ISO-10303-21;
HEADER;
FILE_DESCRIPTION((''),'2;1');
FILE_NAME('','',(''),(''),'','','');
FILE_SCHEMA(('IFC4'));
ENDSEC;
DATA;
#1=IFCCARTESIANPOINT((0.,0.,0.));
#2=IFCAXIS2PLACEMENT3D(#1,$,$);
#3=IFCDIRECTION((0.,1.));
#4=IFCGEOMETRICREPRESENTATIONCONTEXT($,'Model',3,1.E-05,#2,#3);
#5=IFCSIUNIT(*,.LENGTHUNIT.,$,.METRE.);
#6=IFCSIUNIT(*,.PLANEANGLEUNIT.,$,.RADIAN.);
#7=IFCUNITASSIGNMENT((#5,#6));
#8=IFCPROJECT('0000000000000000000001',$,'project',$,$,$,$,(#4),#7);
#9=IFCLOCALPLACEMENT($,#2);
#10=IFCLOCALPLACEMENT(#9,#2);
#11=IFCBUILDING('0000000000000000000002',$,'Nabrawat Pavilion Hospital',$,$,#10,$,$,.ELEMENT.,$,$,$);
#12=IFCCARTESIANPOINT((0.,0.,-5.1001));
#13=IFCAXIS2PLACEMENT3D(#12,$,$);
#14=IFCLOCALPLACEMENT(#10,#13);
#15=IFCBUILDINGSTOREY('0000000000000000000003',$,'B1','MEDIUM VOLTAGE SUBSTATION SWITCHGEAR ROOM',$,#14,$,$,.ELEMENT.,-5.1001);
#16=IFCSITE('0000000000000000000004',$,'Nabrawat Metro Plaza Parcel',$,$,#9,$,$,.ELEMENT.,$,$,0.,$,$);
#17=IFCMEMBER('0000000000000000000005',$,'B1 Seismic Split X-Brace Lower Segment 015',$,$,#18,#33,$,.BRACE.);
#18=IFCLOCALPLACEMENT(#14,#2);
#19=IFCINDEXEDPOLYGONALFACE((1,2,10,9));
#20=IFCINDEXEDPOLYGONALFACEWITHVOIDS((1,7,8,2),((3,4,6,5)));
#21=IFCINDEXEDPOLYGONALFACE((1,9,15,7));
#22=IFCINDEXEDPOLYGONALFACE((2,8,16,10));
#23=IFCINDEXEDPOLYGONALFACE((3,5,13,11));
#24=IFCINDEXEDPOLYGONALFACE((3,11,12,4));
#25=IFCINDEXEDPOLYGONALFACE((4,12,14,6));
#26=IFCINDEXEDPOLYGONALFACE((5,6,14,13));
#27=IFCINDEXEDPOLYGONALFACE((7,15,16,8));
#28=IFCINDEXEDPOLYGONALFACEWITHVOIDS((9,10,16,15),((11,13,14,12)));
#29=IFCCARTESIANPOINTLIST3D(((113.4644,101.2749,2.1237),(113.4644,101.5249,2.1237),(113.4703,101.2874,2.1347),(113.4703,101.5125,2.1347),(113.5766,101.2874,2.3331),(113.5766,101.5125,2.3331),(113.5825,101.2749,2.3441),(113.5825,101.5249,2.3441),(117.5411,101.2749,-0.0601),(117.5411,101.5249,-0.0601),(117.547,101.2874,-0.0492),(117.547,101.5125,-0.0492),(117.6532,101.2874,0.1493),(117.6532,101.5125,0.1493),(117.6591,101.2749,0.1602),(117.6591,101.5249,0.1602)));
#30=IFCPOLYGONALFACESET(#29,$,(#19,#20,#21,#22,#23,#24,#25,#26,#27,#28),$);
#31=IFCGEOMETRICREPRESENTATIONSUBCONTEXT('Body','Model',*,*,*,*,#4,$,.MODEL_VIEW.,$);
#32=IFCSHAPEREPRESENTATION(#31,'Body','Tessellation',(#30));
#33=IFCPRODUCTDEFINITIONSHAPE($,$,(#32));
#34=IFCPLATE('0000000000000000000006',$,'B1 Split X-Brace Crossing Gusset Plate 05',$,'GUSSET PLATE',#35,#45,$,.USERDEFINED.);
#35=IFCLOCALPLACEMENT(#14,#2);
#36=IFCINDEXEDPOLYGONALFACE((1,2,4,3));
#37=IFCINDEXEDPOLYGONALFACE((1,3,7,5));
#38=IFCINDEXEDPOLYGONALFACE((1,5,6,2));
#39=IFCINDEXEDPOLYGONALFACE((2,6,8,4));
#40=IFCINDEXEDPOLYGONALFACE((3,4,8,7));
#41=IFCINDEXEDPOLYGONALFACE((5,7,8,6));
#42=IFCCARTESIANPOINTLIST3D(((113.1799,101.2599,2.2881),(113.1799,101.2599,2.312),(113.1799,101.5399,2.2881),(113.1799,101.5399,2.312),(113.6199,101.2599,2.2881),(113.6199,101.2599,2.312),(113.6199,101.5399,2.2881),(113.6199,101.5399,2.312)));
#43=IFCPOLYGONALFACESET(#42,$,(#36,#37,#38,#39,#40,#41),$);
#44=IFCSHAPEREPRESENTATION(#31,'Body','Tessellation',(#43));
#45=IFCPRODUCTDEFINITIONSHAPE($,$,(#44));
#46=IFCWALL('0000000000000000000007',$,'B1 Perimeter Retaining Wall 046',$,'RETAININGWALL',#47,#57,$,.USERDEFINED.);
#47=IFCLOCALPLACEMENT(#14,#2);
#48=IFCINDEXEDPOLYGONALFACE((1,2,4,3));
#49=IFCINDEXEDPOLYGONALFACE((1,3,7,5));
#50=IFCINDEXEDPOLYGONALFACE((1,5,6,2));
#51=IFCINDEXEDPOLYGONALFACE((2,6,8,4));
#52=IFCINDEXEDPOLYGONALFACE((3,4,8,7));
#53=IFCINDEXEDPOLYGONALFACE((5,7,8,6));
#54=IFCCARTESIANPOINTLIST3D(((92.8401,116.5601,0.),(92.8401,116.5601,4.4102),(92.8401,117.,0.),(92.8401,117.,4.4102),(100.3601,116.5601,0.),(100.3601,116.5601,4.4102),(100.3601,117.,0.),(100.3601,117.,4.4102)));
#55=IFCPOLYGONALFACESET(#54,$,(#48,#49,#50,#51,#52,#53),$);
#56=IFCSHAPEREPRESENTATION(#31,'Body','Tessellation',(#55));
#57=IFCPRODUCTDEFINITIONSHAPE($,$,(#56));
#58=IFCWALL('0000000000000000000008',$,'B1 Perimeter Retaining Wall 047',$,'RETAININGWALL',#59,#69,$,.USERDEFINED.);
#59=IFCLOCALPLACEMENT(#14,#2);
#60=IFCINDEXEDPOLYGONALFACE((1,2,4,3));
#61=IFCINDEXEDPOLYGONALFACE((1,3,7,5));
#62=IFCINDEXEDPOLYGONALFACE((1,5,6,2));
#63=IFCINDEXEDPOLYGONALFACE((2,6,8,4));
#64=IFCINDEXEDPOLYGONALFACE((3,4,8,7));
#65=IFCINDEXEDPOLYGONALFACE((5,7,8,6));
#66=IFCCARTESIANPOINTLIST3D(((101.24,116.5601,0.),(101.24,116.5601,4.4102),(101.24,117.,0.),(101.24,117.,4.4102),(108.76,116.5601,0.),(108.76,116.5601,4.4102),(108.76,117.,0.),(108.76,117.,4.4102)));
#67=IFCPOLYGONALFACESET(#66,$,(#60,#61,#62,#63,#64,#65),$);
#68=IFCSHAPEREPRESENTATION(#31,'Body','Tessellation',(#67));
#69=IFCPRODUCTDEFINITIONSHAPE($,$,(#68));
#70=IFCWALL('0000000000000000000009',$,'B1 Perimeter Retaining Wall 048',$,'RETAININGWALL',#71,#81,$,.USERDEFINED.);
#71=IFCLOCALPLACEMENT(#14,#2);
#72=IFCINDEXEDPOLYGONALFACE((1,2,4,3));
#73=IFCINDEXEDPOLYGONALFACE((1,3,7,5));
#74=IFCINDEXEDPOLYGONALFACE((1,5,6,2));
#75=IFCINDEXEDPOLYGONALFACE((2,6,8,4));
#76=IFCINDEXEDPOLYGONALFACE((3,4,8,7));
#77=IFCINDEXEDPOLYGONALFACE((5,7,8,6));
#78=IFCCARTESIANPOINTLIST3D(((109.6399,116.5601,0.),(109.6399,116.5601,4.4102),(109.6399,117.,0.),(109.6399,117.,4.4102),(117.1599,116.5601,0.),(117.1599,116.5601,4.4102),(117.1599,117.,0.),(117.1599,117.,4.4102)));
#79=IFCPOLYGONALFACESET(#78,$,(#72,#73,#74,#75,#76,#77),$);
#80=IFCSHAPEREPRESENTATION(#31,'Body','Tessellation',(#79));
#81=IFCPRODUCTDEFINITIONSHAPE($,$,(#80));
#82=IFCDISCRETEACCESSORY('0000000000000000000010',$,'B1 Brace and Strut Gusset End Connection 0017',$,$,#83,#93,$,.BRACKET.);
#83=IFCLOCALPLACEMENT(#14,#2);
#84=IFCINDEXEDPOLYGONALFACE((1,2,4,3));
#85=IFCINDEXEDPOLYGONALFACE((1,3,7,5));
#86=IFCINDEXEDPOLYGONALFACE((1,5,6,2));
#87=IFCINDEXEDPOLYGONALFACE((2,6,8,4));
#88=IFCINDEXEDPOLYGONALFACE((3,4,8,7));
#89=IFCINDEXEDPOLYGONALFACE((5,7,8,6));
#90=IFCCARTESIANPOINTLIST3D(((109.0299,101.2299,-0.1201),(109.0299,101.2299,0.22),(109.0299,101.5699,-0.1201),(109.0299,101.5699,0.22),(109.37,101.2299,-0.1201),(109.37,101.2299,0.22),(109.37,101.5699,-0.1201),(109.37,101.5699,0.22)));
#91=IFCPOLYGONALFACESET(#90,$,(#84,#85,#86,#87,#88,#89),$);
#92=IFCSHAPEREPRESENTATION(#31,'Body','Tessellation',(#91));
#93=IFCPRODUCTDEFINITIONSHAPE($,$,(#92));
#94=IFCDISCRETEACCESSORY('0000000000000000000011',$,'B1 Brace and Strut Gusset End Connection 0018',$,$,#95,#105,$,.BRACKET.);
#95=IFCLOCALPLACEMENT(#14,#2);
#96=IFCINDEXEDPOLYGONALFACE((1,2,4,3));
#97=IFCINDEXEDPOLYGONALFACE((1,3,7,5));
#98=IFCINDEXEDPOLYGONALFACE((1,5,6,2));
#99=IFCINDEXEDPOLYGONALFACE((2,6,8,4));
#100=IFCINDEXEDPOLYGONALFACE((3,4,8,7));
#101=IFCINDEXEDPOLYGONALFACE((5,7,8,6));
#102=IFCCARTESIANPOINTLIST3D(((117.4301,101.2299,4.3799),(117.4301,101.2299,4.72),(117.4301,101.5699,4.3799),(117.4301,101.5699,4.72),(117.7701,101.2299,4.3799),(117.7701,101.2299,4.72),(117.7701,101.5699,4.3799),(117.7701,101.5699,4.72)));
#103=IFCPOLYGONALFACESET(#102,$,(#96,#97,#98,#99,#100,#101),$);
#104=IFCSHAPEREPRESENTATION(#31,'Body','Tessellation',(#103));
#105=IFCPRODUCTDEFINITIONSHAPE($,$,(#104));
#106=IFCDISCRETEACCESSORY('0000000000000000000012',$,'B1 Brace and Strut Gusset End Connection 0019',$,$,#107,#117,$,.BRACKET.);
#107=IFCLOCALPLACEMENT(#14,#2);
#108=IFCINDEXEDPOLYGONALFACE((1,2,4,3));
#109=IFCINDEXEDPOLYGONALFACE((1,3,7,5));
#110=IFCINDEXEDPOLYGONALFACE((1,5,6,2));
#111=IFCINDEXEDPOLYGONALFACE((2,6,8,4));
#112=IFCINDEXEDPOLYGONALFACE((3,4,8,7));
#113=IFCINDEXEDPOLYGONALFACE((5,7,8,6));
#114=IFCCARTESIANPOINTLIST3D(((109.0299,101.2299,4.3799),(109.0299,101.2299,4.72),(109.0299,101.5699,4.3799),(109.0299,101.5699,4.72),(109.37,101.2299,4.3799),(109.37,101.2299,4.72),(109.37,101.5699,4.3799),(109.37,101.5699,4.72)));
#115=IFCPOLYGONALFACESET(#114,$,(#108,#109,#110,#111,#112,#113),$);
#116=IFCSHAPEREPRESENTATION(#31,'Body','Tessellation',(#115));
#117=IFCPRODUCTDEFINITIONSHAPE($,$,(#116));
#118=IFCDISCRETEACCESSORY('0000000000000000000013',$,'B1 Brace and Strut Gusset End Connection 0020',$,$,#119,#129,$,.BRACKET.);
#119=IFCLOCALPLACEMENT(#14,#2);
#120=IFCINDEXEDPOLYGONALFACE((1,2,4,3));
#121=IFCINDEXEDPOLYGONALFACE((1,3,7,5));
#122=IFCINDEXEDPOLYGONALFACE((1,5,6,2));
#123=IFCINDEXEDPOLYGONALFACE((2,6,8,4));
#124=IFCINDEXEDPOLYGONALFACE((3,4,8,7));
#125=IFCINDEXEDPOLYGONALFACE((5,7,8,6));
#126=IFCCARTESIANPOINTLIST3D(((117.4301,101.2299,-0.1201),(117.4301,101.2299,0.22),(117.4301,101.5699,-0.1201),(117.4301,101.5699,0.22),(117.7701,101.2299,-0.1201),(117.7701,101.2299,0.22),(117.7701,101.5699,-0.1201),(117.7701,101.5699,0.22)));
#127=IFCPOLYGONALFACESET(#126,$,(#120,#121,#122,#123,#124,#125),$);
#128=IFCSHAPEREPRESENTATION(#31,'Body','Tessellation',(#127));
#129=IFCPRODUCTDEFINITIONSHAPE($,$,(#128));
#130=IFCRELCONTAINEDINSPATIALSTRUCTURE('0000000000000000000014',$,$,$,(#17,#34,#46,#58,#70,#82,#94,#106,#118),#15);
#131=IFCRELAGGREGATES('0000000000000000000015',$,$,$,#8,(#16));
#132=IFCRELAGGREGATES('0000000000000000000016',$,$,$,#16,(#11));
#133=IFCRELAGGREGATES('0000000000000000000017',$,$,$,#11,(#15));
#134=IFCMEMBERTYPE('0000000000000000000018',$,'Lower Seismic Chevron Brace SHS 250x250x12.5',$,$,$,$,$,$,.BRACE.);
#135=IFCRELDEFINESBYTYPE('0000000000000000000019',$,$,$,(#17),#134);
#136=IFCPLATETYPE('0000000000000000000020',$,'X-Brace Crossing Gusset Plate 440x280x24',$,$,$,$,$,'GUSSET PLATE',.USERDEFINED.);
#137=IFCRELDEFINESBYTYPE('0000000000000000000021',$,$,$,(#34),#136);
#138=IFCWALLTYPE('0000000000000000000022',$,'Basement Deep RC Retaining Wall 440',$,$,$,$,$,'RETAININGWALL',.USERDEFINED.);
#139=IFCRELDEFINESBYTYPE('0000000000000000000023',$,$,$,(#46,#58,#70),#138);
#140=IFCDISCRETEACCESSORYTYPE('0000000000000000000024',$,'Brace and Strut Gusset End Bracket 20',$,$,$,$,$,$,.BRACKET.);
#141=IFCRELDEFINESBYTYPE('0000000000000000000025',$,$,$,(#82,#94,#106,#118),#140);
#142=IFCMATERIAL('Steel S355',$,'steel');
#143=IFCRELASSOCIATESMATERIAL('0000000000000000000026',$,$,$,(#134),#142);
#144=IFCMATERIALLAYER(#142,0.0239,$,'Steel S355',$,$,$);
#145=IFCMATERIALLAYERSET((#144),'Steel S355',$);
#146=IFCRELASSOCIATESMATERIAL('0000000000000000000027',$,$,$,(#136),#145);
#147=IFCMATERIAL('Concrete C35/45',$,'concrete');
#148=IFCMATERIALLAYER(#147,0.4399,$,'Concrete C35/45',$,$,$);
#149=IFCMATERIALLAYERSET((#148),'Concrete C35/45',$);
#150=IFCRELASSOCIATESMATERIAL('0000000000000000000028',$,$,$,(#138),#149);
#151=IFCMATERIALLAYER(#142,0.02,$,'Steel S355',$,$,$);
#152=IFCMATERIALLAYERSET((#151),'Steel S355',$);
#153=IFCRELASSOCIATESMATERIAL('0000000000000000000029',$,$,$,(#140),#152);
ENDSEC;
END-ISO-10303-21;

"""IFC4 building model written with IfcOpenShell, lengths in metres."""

from ifc_helpers import new_model, si_unit, direction, frame, frame_2d, origin, origin_2d, place, context, subcontext, project, spatial, rectangle, hollow_rectangle, extrude, material, layer, layer_set, material_profile, profile_set, type_object, element, save


model = new_model("IFC4")

# Units and contexts
model_context = context("Model", 3, precision=1e-05, world=origin(), true_north=direction((0.0, 1.0)))
body_context = subcontext(model_context, "Body", "Model", "MODEL_VIEW")
ifc_project = project(units=[si_unit("LENGTHUNIT", "METRE"), si_unit("PLANEANGLEUNIT", "RADIAN")], contexts=[model_context])

# Site, building, storey
site_placement = place(None, origin())
site = spatial("IfcSite", under=ifc_project, at=site_placement, Name="Nabrawat Metro Plaza Parcel", CompositionType="ELEMENT", RefElevation=0.0)
building_placement = place(site_placement, origin())
building = spatial("IfcBuilding", under=site, at=building_placement, Name="Nabrawat Pavilion Hospital", CompositionType="ELEMENT")
storey_placement = place(building_placement, frame((0.0, 0.0, -5.1001)))
storey = spatial("IfcBuildingStorey", under=building, at=storey_placement, Name="B1", Description="MEDIUM VOLTAGE SUBSTATION SWITCHGEAR ROOM", CompositionType="ELEMENT", Elevation=-5.1001)

# Shared definitions
ifc_material_1 = material(Name="Concrete C35/45", Category="concrete")

# Member
ifc_material_2 = material(Name="Steel S355", Category="steel")
ifc_material_profile_1 = material_profile(ifc_material_2, hollow_rectangle(XDim=0.25, YDim=0.25, WallThickness=0.0125, at=origin_2d()), Name="SHS 250x250x12.5")
ifc_profile_set_1 = profile_set([ifc_material_profile_1], Name="Steel S355")
member_type = type_object("IfcMemberType", Name="Lower Seismic Chevron Brace SHS 250x250x12.5", PredefinedType="BRACE", material=ifc_profile_set_1)
for number, where, z_axis, x_axis, name in (
    (1, (113.5234, 101.3999, 2.2339), (0.881488, 0.0, -0.472207), (0.0, 1.0, 0.0), "B1 Seismic Split X-Brace Lower Segment 015"),
):
    element("IfcMember", number, at=place(storey_placement, frame(where, z_axis=z_axis, x_axis=x_axis)), inside=storey, type_object=member_type, Name=name, PredefinedType="BRACE", context=body_context, shape_type="SweptSolid", body=[
        extrude(hollow_rectangle(XDim=0.25, YDim=0.25, WallThickness=0.0125, at=origin_2d()), origin(), (0.0, 0.0, 1.0), 4.6248),
    ])

# Plate
ifc_layer_1 = layer(ifc_material_2, 0.0239, Name="Steel S355")
ifc_layer_set_1 = layer_set([ifc_layer_1], Name="Steel S355")
plate_type = type_object("IfcPlateType", Name="X-Brace Crossing Gusset Plate 440x280x24", ElementType="GUSSET PLATE", PredefinedType="USERDEFINED", material=ifc_layer_set_1)
plate_placement = place(storey_placement, frame((113.3999, 101.3999, 2.2881), z_axis=(0.0, 0.0, 1.0), x_axis=(1.0, 0.0, 0.0)))
element("IfcPlate", 2, at=plate_placement, inside=storey, type_object=plate_type, Name="B1 Split X-Brace Crossing Gusset Plate 05", ObjectType="GUSSET PLATE", PredefinedType="USERDEFINED", context=body_context, shape_type="SweptSolid", body=[
    extrude(rectangle(XDim=0.4399, YDim=0.28, at=origin_2d()), origin(), (0.0, 0.0, 1.0), 0.0239),
])

# Walls
ifc_layer_2 = layer(ifc_material_1, 0.4399, Name="Concrete C35/45")
ifc_layer_set_2 = layer_set([ifc_layer_2], Name="Concrete C35/45")
wall_type = type_object("IfcWallType", Name="Basement Deep RC Retaining Wall 440", ElementType="RETAININGWALL", PredefinedType="USERDEFINED", material=ifc_layer_set_2)
for number, where, z_axis, x_axis, name in (
    (3, (92.8401, 116.78, 0.0), (0.0, 0.0, 1.0), (1.0, 0.0, 0.0), "B1 Perimeter Retaining Wall 046"),
    (4, (101.24, 116.78, 0.0), (0.0, 0.0, 1.0), (1.0, 0.0, 0.0), "B1 Perimeter Retaining Wall 047"),
    (5, (109.6399, 116.78, 0.0), (0.0, 0.0, 1.0), (1.0, 0.0, 0.0), "B1 Perimeter Retaining Wall 048"),
):
    element("IfcWall", number, at=place(storey_placement, frame(where, z_axis=z_axis, x_axis=x_axis)), inside=storey, type_object=wall_type, Name=name, ObjectType="RETAININGWALL", PredefinedType="USERDEFINED", context=body_context, shape_type="SweptSolid", body=[
        extrude(rectangle(XDim=7.52, YDim=0.4399, at=frame_2d((3.76, 0.0))), origin(), (0.0, 0.0, 1.0), 4.4102),
    ])

# Discrete accessories
ifc_layer_3 = layer(ifc_material_2, 0.02, Name="Steel S355")
ifc_layer_set_3 = layer_set([ifc_layer_3], Name="Steel S355")
discrete_accessory_type = type_object("IfcDiscreteAccessoryType", Name="Brace and Strut Gusset End Bracket 20", PredefinedType="BRACKET", material=ifc_layer_set_3)
for number, where, z_axis, x_axis, name in (
    (6, (109.2, 101.3999, -0.1201), (0.0, 0.0, 1.0), (1.0, 0.0, 0.0), "B1 Brace and Strut Gusset End Connection 0017"),
    (7, (117.6001, 101.3999, 4.3799), (0.0, 0.0, 1.0), (1.0, 0.0, 0.0), "B1 Brace and Strut Gusset End Connection 0018"),
    (8, (109.2, 101.3999, 4.3799), (0.0, 0.0, 1.0), (1.0, 0.0, 0.0), "B1 Brace and Strut Gusset End Connection 0019"),
    (9, (117.6001, 101.3999, -0.1201), (0.0, 0.0, 1.0), (1.0, 0.0, 0.0), "B1 Brace and Strut Gusset End Connection 0020"),
):
    element("IfcDiscreteAccessory", number, at=place(storey_placement, frame(where, z_axis=z_axis, x_axis=x_axis)), inside=storey, type_object=discrete_accessory_type, Name=name, PredefinedType="BRACKET", context=body_context, shape_type="SweptSolid", body=[
        extrude(rectangle(XDim=0.3401, YDim=0.3401, at=origin_2d()), origin(), (0.0, 0.0, 1.0), 0.3401),
    ])

save(model, "model.ifc")
